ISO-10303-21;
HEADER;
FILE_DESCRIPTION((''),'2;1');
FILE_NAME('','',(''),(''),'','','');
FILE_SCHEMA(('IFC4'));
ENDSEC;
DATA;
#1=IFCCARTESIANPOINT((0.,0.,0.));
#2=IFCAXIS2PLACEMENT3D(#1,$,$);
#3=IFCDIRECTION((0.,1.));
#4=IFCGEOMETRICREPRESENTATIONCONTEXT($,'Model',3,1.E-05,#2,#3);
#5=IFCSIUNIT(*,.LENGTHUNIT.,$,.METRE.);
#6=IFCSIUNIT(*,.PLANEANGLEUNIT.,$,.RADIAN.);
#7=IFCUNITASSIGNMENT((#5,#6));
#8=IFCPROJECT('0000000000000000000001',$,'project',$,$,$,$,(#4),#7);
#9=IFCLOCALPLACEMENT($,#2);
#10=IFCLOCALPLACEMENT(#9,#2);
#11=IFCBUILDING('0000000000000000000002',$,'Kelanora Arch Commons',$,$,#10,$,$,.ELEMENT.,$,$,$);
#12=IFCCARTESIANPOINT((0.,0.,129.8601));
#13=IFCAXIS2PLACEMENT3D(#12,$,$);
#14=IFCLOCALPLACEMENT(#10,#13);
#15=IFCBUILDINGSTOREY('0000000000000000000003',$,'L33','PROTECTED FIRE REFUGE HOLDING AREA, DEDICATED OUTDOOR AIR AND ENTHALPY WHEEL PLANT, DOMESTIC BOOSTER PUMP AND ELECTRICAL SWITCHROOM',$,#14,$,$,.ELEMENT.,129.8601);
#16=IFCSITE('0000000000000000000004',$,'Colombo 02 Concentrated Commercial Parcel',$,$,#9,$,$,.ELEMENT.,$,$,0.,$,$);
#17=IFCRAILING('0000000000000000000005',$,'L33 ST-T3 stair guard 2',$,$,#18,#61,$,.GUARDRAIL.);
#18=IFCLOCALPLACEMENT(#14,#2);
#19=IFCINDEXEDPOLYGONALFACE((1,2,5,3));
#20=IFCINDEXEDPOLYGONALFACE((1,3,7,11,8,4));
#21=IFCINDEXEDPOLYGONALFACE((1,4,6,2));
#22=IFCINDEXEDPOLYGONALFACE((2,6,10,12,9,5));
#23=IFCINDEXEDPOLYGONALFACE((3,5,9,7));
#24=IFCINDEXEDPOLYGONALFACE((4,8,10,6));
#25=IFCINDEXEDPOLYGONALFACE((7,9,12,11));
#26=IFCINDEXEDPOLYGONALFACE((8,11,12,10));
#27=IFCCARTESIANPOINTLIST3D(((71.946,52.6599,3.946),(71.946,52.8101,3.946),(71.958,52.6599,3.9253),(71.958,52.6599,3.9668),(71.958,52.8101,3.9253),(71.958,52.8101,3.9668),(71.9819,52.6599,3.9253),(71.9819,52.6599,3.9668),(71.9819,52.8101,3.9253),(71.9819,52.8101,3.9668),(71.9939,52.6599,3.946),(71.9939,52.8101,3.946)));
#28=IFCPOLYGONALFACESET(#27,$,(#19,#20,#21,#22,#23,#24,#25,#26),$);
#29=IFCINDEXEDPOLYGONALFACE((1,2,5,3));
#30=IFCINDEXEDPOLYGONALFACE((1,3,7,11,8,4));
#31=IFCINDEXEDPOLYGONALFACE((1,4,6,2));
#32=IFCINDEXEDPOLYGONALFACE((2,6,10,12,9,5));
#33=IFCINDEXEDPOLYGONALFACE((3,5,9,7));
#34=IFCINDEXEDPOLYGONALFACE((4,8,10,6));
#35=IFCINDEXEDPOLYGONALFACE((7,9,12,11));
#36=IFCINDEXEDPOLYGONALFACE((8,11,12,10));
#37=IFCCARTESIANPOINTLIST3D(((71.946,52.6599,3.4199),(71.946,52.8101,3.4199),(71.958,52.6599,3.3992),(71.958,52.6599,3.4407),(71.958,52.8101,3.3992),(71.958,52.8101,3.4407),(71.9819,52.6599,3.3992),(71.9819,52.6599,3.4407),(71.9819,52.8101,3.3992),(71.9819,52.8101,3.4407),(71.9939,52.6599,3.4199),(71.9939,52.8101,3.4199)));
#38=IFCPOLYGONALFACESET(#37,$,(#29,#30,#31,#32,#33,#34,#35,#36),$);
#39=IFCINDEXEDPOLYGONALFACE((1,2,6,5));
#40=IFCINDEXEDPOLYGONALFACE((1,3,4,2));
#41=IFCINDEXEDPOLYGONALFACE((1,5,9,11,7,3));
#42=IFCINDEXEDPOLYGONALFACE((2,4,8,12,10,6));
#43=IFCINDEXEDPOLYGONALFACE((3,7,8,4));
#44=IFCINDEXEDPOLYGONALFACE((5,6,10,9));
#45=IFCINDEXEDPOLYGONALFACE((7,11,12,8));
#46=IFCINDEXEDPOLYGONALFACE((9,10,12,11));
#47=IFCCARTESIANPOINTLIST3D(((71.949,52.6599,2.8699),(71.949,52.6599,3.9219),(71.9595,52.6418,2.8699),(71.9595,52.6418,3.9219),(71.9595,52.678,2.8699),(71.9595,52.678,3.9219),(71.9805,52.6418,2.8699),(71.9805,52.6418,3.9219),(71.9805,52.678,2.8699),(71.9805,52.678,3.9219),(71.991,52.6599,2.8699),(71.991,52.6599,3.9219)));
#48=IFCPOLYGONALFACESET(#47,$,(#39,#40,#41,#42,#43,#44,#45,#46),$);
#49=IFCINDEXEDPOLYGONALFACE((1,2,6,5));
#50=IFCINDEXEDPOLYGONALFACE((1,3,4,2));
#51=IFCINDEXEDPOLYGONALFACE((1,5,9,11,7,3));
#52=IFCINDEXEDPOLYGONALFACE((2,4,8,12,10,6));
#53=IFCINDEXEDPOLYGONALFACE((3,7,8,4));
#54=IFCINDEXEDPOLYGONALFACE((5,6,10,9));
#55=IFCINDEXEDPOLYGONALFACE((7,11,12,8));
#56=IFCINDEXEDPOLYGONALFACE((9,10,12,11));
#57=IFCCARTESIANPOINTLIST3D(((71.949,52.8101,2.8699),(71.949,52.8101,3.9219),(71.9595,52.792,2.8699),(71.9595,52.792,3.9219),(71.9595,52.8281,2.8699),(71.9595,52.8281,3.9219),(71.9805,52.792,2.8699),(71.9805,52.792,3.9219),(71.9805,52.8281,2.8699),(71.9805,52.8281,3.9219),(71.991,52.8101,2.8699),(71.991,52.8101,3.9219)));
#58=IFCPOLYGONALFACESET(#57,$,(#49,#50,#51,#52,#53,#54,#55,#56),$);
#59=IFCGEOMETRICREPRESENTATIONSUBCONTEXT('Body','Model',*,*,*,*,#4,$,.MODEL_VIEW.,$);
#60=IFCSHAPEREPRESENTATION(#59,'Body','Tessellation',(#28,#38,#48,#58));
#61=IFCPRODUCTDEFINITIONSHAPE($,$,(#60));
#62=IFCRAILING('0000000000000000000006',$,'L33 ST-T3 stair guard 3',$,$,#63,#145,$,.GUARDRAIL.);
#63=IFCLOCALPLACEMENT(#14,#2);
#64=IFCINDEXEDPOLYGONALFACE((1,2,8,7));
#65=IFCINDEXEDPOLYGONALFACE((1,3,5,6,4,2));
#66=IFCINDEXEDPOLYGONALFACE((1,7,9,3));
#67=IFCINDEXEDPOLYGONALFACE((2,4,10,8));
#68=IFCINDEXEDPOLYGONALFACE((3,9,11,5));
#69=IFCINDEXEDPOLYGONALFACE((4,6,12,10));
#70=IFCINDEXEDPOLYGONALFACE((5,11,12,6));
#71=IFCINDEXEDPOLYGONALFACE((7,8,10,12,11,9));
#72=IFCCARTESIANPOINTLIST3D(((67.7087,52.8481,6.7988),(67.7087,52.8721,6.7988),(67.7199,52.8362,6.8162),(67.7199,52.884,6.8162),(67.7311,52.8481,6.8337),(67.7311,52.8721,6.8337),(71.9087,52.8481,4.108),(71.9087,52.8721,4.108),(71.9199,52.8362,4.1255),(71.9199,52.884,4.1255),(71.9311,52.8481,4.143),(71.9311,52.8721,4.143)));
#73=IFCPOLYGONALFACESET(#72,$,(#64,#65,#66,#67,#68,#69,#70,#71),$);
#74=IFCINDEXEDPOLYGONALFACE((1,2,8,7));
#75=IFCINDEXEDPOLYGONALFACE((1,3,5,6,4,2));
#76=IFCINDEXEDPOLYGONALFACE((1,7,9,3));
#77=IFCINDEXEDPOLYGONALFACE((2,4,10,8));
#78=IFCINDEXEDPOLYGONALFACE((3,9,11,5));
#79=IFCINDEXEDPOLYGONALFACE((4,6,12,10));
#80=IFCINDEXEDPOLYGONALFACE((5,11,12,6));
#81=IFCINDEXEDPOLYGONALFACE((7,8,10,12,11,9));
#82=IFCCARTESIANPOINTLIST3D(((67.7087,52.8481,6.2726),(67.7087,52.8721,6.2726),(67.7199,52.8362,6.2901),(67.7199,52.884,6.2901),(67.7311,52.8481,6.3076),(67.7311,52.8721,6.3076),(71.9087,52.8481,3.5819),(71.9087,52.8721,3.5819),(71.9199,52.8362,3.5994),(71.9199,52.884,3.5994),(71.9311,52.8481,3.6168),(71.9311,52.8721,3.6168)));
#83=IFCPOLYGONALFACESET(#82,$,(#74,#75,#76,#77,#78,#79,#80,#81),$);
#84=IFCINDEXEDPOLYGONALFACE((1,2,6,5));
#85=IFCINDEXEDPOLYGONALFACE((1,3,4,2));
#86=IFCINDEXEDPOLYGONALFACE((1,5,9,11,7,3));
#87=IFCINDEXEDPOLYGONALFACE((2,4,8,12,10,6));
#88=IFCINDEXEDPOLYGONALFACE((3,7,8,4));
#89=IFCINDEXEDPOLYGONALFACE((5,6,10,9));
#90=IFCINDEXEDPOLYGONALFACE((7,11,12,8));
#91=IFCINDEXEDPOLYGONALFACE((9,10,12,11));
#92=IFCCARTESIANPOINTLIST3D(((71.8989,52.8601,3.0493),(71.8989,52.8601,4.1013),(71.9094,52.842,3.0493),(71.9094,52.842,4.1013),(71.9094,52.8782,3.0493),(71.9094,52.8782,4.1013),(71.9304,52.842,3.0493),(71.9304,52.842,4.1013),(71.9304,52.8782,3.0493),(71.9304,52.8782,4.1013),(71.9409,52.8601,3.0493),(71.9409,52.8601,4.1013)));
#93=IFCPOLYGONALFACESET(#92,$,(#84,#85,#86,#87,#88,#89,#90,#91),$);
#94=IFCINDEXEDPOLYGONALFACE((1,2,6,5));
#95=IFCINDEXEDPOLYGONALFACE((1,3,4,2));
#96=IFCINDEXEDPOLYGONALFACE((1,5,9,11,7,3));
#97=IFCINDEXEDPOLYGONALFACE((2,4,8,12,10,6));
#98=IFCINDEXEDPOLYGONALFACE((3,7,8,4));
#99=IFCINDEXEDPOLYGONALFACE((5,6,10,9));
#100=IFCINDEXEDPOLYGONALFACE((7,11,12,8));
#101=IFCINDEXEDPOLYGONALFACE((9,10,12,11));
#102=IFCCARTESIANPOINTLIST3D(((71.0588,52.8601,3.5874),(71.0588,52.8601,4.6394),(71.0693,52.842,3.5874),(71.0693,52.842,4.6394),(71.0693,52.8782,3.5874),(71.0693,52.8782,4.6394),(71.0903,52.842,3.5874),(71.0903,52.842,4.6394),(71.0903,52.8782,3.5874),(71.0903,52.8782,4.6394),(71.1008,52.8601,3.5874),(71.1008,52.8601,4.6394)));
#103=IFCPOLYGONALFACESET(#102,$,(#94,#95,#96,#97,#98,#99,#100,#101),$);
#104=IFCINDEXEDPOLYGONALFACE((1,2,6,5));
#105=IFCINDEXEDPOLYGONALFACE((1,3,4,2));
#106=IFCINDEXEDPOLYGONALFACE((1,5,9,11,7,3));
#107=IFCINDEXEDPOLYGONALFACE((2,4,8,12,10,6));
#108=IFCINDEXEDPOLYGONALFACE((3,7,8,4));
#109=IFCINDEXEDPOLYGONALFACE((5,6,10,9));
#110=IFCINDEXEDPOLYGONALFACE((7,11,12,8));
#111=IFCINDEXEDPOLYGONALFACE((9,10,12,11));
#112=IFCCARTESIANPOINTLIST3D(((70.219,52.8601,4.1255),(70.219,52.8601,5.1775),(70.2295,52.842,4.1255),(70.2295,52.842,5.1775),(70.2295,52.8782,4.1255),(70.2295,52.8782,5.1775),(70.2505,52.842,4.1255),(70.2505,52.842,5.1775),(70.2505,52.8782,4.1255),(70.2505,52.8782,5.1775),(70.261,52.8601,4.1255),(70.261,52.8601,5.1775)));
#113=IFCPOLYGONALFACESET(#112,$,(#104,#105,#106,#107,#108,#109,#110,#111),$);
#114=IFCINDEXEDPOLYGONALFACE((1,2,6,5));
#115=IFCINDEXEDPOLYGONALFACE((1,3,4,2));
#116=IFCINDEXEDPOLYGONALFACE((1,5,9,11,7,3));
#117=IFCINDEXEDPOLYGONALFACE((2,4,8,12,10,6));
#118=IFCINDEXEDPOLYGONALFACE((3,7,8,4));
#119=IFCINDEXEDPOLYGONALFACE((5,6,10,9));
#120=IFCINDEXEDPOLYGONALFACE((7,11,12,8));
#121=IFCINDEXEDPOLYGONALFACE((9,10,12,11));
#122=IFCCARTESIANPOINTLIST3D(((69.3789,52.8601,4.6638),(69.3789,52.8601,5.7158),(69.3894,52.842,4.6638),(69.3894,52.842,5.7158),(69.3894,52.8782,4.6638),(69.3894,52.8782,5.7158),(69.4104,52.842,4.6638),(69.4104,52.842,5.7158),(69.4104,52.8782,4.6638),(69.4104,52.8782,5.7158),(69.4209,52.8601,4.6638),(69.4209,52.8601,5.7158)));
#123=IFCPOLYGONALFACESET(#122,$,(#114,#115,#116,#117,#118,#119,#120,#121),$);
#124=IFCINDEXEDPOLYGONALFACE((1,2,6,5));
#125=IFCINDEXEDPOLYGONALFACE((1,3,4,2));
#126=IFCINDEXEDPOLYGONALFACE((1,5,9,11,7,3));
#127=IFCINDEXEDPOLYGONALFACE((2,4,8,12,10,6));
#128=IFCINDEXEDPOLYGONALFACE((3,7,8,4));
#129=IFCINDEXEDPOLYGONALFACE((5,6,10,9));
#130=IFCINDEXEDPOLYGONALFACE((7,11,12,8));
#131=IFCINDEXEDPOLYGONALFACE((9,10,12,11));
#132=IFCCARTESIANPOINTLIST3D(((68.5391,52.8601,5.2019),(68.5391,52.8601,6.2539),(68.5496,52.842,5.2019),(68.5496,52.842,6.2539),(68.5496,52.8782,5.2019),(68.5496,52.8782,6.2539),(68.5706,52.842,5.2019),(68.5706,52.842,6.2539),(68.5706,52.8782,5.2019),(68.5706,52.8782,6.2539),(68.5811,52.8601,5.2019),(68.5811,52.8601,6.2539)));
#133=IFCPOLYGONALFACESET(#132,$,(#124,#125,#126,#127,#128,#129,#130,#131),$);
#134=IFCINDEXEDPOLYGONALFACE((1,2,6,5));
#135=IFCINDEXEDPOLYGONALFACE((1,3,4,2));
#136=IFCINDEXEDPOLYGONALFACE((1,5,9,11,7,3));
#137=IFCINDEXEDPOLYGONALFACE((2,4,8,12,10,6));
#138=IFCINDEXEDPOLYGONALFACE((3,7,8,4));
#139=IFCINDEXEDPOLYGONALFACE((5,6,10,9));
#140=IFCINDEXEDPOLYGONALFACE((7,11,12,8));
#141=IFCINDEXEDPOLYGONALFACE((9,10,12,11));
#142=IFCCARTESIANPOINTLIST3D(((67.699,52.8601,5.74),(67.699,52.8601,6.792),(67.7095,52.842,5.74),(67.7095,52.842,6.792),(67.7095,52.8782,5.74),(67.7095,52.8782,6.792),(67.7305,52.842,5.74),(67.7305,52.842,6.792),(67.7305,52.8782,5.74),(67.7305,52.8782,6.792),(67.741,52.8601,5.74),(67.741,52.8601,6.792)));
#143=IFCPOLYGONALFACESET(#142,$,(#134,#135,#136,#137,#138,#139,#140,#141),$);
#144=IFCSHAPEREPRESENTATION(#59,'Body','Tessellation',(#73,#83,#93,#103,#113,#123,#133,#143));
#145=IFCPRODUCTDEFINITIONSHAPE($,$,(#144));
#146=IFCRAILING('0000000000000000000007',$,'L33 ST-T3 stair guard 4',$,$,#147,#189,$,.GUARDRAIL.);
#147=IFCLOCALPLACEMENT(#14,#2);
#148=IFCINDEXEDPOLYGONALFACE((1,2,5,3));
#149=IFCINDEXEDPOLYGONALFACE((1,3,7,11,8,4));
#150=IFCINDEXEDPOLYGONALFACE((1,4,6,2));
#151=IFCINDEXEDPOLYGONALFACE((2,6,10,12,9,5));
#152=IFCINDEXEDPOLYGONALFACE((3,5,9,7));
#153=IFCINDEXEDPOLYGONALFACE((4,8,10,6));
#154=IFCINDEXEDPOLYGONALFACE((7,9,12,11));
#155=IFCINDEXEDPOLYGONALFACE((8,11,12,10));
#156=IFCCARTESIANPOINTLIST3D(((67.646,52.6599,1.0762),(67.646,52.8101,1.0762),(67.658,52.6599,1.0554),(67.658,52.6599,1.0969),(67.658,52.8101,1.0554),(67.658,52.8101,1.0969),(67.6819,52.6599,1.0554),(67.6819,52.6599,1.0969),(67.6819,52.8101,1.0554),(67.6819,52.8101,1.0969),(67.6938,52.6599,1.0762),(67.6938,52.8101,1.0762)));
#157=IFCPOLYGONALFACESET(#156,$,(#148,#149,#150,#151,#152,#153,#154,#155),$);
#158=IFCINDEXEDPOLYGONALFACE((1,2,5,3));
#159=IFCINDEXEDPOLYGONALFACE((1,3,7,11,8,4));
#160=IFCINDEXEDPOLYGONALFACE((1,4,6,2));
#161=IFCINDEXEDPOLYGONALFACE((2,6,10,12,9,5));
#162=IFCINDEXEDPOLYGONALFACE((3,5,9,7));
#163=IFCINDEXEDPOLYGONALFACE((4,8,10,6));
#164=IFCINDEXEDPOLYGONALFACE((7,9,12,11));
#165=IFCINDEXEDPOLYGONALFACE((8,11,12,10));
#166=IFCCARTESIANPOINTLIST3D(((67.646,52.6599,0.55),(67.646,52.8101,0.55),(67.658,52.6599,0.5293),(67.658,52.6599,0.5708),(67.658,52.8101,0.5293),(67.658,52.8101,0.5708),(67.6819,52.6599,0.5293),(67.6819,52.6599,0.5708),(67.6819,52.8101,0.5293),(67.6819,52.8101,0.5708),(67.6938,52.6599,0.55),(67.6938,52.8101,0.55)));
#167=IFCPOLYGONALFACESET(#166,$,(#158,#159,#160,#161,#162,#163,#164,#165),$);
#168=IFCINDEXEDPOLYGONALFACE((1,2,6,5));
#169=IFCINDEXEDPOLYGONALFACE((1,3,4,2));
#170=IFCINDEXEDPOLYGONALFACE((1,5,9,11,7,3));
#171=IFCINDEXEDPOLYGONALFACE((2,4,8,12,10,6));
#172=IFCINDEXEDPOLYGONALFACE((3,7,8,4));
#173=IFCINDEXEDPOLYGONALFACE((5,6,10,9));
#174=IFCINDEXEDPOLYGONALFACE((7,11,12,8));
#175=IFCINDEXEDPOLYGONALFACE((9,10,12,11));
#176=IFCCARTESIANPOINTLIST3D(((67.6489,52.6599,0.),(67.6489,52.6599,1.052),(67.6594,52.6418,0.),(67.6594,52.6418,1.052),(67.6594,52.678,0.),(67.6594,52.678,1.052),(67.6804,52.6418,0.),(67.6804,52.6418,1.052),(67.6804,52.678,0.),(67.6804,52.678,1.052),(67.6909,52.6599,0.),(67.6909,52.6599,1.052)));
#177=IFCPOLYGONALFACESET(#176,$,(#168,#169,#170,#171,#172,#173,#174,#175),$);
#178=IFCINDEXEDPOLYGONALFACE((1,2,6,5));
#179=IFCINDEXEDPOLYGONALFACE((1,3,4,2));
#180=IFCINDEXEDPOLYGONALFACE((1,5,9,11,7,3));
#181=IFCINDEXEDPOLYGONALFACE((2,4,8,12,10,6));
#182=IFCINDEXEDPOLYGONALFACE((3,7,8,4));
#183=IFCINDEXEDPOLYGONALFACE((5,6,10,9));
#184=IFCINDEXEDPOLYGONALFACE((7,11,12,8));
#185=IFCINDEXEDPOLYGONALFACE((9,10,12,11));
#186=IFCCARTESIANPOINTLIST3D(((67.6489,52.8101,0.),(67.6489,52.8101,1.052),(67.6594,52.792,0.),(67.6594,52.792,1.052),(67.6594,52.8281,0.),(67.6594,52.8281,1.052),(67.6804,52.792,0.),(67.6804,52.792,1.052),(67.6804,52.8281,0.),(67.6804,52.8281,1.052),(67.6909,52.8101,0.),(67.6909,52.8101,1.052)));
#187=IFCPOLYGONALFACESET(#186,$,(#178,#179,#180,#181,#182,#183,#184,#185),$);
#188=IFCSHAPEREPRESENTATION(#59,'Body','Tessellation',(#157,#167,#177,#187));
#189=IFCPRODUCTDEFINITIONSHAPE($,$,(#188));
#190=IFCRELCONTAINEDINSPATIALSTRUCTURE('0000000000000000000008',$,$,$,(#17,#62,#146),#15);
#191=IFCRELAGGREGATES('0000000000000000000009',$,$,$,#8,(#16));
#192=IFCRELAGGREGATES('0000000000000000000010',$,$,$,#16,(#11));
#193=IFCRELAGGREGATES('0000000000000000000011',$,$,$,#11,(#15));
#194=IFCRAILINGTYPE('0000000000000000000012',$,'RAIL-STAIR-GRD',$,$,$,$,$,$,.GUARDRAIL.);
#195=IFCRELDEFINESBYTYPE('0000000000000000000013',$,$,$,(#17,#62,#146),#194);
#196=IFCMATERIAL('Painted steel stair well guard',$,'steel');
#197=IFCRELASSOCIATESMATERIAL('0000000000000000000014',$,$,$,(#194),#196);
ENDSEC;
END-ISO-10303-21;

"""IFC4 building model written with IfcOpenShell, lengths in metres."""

from ifc_helpers import new_model, si_unit, direction, frame, origin, place, context, subcontext, project, spatial, polyline, outline, extrude, material, type_object, element, save


model = new_model("IFC4")

# Units and contexts
model_context = context("Model", 3, precision=1e-05, world=origin(), true_north=direction((0.0, 1.0)))
body_context = subcontext(model_context, "Body", "Model", "MODEL_VIEW")
ifc_project = project(units=[si_unit("LENGTHUNIT", "METRE"), si_unit("PLANEANGLEUNIT", "RADIAN")], contexts=[model_context])

# Site, building, storey
site_placement = place(None, origin())
site = spatial("IfcSite", under=ifc_project, at=site_placement, Name="Colombo 02 Concentrated Commercial Parcel", CompositionType="ELEMENT", RefElevation=0.0)
building_placement = place(site_placement, origin())
building = spatial("IfcBuilding", under=site, at=building_placement, Name="Kelanora Arch Commons", CompositionType="ELEMENT")
storey_placement = place(building_placement, frame((0.0, 0.0, 129.8601)))
storey = spatial("IfcBuildingStorey", under=building, at=storey_placement, Name="L33", Description="PROTECTED FIRE REFUGE HOLDING AREA, DEDICATED OUTDOOR AIR AND ENTHALPY WHEEL PLANT, DOMESTIC BOOSTER PUMP AND ELECTRICAL SWITCHROOM", CompositionType="ELEMENT", Elevation=129.8601)

# Railings
ifc_material_1 = material(Name="Painted steel stair well guard", Category="steel")
railing_type_1 = type_object("IfcRailingType", Name="RAIL-STAIR-GRD", PredefinedType="GUARDRAIL", material=ifc_material_1)
railing_1_placement = place(storey_placement, frame((71.97, 52.6599, 2.8699)))
element("IfcRailing", 1, at=railing_1_placement, inside=storey, type_object=railing_type_1, Name="L33 ST-T3 stair guard 2", PredefinedType="GUARDRAIL", context=body_context, shape_type="SweptSolid", body=[
    extrude(outline(polyline([(0.0239, 0.0), (0.012, 0.0208), (-0.012, 0.0208), (-0.0239, 0.0), (-0.012, -0.0208), (0.012, -0.0208), (0.0239, 0.0)])), frame((0.0, 0.0, 1.0762), z_axis=(0.0, 1.0, 0.0), x_axis=(-1.0, 0.0, 0.0)), (0.0, 0.0, 1.0), 0.1501),
    extrude(outline(polyline([(0.0239, 0.0), (0.012, 0.0208), (-0.012, 0.0208), (-0.0239, 0.0), (-0.012, -0.0208), (0.012, -0.0208), (0.0239, 0.0)])), frame((0.0, 0.0, 0.55), z_axis=(0.0, 1.0, 0.0), x_axis=(-1.0, 0.0, 0.0)), (0.0, 0.0, 1.0), 0.1501),
    extrude(outline(polyline([(0.021, 0.0), (0.0105, 0.0181), (-0.0105, 0.0181), (-0.021, 0.0), (-0.0105, -0.0181), (0.0105, -0.0181), (0.021, 0.0)])), origin(), (0.0, 0.0, 1.0), 1.052),
    extrude(outline(polyline([(0.021, 0.0), (0.0105, 0.0181), (-0.0105, 0.0181), (-0.021, 0.0), (-0.0105, -0.0181), (0.0105, -0.0181), (0.021, 0.0)])), frame((0.0, 0.1501, 0.0)), (0.0, 0.0, 1.0), 1.052),
])
railing_2_placement = place(storey_placement, frame((71.9199, 52.8601, 3.0493)))
element("IfcRailing", 2, at=railing_2_placement, inside=storey, type_object=railing_type_1, Name="L33 ST-T3 stair guard 3", PredefinedType="GUARDRAIL", context=body_context, shape_type="SweptSolid", body=[
    extrude(outline(polyline([(0.0239, 0.0), (0.012, 0.0208), (-0.012, 0.0208), (-0.0239, 0.0), (-0.012, -0.0208), (0.012, -0.0208), (0.0239, 0.0)])), frame((0.0, 0.0, 1.0762), z_axis=(-0.842025, 0.0, 0.539438), x_axis=(0.0, -1.0, 0.0)), (0.0, 0.0, 1.0), 4.988),
    extrude(outline(polyline([(0.0239, 0.0), (0.012, 0.0208), (-0.012, 0.0208), (-0.0239, 0.0), (-0.012, -0.0208), (0.012, -0.0208), (0.0239, 0.0)])), frame((0.0, 0.0, 0.55), z_axis=(-0.842025, 0.0, 0.539438), x_axis=(0.0, -1.0, 0.0)), (0.0, 0.0, 1.0), 4.988),
    extrude(outline(polyline([(0.021, 0.0), (0.0105, 0.0181), (-0.0105, 0.0181), (-0.021, 0.0), (-0.0105, -0.0181), (0.0105, -0.0181), (0.021, 0.0)])), origin(), (0.0, 0.0, 1.0), 1.052),
    extrude(outline(polyline([(0.021, 0.0), (0.0105, 0.0181), (-0.0105, 0.0181), (-0.021, 0.0), (-0.0105, -0.0181), (0.0105, -0.0181), (0.021, 0.0)])), frame((-0.8401, 0.0, 0.5381)), (0.0, 0.0, 1.0), 1.052),
    extrude(outline(polyline([(0.021, 0.0), (0.0105, 0.0181), (-0.0105, 0.0181), (-0.021, 0.0), (-0.0105, -0.0181), (0.0105, -0.0181), (0.021, 0.0)])), frame((-1.6799, 0.0, 1.0762)), (0.0, 0.0, 1.0), 1.052),
    extrude(outline(polyline([(0.021, 0.0), (0.0105, 0.0181), (-0.0105, 0.0181), (-0.021, 0.0), (-0.0105, -0.0181), (0.0105, -0.0181), (0.021, 0.0)])), frame((-2.52, 0.0, 1.6145)), (0.0, 0.0, 1.0), 1.052),
    extrude(outline(polyline([(0.021, 0.0), (0.0105, 0.0181), (-0.0105, 0.0181), (-0.021, 0.0), (-0.0105, -0.0181), (0.0105, -0.0181), (0.021, 0.0)])), frame((-3.3599, 0.0, 2.1526)), (0.0, 0.0, 1.0), 1.052),
    extrude(outline(polyline([(0.021, 0.0), (0.0105, 0.0181), (-0.0105, 0.0181), (-0.021, 0.0), (-0.0105, -0.0181), (0.0105, -0.0181), (0.021, 0.0)])), frame((-4.2, 0.0, 2.6907)), (0.0, 0.0, 1.0), 1.052),
])
railing_3_placement = place(storey_placement, frame((67.6699, 52.6599, 0.0)))
element("IfcRailing", 3, at=railing_3_placement, inside=storey, type_object=railing_type_1, Name="L33 ST-T3 stair guard 4", PredefinedType="GUARDRAIL", context=body_context, shape_type="SweptSolid", body=[
    extrude(outline(polyline([(0.0239, 0.0), (0.012, 0.0208), (-0.012, 0.0208), (-0.0239, 0.0), (-0.012, -0.0208), (0.012, -0.0208), (0.0239, 0.0)])), frame((0.0, 0.0, 1.0762), z_axis=(0.0, 1.0, 0.0), x_axis=(-1.0, 0.0, 0.0)), (0.0, 0.0, 1.0), 0.1501),
    extrude(outline(polyline([(0.0239, 0.0), (0.012, 0.0208), (-0.012, 0.0208), (-0.0239, 0.0), (-0.012, -0.0208), (0.012, -0.0208), (0.0239, 0.0)])), frame((0.0, 0.0, 0.55), z_axis=(0.0, 1.0, 0.0), x_axis=(-1.0, 0.0, 0.0)), (0.0, 0.0, 1.0), 0.1501),
    extrude(outline(polyline([(0.021, 0.0), (0.0105, 0.0181), (-0.0105, 0.0181), (-0.021, 0.0), (-0.0105, -0.0181), (0.0105, -0.0181), (0.021, 0.0)])), origin(), (0.0, 0.0, 1.0), 1.052),
    extrude(outline(polyline([(0.021, 0.0), (0.0105, 0.0181), (-0.0105, 0.0181), (-0.021, 0.0), (-0.0105, -0.0181), (0.0105, -0.0181), (0.021, 0.0)])), frame((0.0, 0.1501, 0.0)), (0.0, 0.0, 1.0), 1.052),
])

save(model, "model.ifc")
